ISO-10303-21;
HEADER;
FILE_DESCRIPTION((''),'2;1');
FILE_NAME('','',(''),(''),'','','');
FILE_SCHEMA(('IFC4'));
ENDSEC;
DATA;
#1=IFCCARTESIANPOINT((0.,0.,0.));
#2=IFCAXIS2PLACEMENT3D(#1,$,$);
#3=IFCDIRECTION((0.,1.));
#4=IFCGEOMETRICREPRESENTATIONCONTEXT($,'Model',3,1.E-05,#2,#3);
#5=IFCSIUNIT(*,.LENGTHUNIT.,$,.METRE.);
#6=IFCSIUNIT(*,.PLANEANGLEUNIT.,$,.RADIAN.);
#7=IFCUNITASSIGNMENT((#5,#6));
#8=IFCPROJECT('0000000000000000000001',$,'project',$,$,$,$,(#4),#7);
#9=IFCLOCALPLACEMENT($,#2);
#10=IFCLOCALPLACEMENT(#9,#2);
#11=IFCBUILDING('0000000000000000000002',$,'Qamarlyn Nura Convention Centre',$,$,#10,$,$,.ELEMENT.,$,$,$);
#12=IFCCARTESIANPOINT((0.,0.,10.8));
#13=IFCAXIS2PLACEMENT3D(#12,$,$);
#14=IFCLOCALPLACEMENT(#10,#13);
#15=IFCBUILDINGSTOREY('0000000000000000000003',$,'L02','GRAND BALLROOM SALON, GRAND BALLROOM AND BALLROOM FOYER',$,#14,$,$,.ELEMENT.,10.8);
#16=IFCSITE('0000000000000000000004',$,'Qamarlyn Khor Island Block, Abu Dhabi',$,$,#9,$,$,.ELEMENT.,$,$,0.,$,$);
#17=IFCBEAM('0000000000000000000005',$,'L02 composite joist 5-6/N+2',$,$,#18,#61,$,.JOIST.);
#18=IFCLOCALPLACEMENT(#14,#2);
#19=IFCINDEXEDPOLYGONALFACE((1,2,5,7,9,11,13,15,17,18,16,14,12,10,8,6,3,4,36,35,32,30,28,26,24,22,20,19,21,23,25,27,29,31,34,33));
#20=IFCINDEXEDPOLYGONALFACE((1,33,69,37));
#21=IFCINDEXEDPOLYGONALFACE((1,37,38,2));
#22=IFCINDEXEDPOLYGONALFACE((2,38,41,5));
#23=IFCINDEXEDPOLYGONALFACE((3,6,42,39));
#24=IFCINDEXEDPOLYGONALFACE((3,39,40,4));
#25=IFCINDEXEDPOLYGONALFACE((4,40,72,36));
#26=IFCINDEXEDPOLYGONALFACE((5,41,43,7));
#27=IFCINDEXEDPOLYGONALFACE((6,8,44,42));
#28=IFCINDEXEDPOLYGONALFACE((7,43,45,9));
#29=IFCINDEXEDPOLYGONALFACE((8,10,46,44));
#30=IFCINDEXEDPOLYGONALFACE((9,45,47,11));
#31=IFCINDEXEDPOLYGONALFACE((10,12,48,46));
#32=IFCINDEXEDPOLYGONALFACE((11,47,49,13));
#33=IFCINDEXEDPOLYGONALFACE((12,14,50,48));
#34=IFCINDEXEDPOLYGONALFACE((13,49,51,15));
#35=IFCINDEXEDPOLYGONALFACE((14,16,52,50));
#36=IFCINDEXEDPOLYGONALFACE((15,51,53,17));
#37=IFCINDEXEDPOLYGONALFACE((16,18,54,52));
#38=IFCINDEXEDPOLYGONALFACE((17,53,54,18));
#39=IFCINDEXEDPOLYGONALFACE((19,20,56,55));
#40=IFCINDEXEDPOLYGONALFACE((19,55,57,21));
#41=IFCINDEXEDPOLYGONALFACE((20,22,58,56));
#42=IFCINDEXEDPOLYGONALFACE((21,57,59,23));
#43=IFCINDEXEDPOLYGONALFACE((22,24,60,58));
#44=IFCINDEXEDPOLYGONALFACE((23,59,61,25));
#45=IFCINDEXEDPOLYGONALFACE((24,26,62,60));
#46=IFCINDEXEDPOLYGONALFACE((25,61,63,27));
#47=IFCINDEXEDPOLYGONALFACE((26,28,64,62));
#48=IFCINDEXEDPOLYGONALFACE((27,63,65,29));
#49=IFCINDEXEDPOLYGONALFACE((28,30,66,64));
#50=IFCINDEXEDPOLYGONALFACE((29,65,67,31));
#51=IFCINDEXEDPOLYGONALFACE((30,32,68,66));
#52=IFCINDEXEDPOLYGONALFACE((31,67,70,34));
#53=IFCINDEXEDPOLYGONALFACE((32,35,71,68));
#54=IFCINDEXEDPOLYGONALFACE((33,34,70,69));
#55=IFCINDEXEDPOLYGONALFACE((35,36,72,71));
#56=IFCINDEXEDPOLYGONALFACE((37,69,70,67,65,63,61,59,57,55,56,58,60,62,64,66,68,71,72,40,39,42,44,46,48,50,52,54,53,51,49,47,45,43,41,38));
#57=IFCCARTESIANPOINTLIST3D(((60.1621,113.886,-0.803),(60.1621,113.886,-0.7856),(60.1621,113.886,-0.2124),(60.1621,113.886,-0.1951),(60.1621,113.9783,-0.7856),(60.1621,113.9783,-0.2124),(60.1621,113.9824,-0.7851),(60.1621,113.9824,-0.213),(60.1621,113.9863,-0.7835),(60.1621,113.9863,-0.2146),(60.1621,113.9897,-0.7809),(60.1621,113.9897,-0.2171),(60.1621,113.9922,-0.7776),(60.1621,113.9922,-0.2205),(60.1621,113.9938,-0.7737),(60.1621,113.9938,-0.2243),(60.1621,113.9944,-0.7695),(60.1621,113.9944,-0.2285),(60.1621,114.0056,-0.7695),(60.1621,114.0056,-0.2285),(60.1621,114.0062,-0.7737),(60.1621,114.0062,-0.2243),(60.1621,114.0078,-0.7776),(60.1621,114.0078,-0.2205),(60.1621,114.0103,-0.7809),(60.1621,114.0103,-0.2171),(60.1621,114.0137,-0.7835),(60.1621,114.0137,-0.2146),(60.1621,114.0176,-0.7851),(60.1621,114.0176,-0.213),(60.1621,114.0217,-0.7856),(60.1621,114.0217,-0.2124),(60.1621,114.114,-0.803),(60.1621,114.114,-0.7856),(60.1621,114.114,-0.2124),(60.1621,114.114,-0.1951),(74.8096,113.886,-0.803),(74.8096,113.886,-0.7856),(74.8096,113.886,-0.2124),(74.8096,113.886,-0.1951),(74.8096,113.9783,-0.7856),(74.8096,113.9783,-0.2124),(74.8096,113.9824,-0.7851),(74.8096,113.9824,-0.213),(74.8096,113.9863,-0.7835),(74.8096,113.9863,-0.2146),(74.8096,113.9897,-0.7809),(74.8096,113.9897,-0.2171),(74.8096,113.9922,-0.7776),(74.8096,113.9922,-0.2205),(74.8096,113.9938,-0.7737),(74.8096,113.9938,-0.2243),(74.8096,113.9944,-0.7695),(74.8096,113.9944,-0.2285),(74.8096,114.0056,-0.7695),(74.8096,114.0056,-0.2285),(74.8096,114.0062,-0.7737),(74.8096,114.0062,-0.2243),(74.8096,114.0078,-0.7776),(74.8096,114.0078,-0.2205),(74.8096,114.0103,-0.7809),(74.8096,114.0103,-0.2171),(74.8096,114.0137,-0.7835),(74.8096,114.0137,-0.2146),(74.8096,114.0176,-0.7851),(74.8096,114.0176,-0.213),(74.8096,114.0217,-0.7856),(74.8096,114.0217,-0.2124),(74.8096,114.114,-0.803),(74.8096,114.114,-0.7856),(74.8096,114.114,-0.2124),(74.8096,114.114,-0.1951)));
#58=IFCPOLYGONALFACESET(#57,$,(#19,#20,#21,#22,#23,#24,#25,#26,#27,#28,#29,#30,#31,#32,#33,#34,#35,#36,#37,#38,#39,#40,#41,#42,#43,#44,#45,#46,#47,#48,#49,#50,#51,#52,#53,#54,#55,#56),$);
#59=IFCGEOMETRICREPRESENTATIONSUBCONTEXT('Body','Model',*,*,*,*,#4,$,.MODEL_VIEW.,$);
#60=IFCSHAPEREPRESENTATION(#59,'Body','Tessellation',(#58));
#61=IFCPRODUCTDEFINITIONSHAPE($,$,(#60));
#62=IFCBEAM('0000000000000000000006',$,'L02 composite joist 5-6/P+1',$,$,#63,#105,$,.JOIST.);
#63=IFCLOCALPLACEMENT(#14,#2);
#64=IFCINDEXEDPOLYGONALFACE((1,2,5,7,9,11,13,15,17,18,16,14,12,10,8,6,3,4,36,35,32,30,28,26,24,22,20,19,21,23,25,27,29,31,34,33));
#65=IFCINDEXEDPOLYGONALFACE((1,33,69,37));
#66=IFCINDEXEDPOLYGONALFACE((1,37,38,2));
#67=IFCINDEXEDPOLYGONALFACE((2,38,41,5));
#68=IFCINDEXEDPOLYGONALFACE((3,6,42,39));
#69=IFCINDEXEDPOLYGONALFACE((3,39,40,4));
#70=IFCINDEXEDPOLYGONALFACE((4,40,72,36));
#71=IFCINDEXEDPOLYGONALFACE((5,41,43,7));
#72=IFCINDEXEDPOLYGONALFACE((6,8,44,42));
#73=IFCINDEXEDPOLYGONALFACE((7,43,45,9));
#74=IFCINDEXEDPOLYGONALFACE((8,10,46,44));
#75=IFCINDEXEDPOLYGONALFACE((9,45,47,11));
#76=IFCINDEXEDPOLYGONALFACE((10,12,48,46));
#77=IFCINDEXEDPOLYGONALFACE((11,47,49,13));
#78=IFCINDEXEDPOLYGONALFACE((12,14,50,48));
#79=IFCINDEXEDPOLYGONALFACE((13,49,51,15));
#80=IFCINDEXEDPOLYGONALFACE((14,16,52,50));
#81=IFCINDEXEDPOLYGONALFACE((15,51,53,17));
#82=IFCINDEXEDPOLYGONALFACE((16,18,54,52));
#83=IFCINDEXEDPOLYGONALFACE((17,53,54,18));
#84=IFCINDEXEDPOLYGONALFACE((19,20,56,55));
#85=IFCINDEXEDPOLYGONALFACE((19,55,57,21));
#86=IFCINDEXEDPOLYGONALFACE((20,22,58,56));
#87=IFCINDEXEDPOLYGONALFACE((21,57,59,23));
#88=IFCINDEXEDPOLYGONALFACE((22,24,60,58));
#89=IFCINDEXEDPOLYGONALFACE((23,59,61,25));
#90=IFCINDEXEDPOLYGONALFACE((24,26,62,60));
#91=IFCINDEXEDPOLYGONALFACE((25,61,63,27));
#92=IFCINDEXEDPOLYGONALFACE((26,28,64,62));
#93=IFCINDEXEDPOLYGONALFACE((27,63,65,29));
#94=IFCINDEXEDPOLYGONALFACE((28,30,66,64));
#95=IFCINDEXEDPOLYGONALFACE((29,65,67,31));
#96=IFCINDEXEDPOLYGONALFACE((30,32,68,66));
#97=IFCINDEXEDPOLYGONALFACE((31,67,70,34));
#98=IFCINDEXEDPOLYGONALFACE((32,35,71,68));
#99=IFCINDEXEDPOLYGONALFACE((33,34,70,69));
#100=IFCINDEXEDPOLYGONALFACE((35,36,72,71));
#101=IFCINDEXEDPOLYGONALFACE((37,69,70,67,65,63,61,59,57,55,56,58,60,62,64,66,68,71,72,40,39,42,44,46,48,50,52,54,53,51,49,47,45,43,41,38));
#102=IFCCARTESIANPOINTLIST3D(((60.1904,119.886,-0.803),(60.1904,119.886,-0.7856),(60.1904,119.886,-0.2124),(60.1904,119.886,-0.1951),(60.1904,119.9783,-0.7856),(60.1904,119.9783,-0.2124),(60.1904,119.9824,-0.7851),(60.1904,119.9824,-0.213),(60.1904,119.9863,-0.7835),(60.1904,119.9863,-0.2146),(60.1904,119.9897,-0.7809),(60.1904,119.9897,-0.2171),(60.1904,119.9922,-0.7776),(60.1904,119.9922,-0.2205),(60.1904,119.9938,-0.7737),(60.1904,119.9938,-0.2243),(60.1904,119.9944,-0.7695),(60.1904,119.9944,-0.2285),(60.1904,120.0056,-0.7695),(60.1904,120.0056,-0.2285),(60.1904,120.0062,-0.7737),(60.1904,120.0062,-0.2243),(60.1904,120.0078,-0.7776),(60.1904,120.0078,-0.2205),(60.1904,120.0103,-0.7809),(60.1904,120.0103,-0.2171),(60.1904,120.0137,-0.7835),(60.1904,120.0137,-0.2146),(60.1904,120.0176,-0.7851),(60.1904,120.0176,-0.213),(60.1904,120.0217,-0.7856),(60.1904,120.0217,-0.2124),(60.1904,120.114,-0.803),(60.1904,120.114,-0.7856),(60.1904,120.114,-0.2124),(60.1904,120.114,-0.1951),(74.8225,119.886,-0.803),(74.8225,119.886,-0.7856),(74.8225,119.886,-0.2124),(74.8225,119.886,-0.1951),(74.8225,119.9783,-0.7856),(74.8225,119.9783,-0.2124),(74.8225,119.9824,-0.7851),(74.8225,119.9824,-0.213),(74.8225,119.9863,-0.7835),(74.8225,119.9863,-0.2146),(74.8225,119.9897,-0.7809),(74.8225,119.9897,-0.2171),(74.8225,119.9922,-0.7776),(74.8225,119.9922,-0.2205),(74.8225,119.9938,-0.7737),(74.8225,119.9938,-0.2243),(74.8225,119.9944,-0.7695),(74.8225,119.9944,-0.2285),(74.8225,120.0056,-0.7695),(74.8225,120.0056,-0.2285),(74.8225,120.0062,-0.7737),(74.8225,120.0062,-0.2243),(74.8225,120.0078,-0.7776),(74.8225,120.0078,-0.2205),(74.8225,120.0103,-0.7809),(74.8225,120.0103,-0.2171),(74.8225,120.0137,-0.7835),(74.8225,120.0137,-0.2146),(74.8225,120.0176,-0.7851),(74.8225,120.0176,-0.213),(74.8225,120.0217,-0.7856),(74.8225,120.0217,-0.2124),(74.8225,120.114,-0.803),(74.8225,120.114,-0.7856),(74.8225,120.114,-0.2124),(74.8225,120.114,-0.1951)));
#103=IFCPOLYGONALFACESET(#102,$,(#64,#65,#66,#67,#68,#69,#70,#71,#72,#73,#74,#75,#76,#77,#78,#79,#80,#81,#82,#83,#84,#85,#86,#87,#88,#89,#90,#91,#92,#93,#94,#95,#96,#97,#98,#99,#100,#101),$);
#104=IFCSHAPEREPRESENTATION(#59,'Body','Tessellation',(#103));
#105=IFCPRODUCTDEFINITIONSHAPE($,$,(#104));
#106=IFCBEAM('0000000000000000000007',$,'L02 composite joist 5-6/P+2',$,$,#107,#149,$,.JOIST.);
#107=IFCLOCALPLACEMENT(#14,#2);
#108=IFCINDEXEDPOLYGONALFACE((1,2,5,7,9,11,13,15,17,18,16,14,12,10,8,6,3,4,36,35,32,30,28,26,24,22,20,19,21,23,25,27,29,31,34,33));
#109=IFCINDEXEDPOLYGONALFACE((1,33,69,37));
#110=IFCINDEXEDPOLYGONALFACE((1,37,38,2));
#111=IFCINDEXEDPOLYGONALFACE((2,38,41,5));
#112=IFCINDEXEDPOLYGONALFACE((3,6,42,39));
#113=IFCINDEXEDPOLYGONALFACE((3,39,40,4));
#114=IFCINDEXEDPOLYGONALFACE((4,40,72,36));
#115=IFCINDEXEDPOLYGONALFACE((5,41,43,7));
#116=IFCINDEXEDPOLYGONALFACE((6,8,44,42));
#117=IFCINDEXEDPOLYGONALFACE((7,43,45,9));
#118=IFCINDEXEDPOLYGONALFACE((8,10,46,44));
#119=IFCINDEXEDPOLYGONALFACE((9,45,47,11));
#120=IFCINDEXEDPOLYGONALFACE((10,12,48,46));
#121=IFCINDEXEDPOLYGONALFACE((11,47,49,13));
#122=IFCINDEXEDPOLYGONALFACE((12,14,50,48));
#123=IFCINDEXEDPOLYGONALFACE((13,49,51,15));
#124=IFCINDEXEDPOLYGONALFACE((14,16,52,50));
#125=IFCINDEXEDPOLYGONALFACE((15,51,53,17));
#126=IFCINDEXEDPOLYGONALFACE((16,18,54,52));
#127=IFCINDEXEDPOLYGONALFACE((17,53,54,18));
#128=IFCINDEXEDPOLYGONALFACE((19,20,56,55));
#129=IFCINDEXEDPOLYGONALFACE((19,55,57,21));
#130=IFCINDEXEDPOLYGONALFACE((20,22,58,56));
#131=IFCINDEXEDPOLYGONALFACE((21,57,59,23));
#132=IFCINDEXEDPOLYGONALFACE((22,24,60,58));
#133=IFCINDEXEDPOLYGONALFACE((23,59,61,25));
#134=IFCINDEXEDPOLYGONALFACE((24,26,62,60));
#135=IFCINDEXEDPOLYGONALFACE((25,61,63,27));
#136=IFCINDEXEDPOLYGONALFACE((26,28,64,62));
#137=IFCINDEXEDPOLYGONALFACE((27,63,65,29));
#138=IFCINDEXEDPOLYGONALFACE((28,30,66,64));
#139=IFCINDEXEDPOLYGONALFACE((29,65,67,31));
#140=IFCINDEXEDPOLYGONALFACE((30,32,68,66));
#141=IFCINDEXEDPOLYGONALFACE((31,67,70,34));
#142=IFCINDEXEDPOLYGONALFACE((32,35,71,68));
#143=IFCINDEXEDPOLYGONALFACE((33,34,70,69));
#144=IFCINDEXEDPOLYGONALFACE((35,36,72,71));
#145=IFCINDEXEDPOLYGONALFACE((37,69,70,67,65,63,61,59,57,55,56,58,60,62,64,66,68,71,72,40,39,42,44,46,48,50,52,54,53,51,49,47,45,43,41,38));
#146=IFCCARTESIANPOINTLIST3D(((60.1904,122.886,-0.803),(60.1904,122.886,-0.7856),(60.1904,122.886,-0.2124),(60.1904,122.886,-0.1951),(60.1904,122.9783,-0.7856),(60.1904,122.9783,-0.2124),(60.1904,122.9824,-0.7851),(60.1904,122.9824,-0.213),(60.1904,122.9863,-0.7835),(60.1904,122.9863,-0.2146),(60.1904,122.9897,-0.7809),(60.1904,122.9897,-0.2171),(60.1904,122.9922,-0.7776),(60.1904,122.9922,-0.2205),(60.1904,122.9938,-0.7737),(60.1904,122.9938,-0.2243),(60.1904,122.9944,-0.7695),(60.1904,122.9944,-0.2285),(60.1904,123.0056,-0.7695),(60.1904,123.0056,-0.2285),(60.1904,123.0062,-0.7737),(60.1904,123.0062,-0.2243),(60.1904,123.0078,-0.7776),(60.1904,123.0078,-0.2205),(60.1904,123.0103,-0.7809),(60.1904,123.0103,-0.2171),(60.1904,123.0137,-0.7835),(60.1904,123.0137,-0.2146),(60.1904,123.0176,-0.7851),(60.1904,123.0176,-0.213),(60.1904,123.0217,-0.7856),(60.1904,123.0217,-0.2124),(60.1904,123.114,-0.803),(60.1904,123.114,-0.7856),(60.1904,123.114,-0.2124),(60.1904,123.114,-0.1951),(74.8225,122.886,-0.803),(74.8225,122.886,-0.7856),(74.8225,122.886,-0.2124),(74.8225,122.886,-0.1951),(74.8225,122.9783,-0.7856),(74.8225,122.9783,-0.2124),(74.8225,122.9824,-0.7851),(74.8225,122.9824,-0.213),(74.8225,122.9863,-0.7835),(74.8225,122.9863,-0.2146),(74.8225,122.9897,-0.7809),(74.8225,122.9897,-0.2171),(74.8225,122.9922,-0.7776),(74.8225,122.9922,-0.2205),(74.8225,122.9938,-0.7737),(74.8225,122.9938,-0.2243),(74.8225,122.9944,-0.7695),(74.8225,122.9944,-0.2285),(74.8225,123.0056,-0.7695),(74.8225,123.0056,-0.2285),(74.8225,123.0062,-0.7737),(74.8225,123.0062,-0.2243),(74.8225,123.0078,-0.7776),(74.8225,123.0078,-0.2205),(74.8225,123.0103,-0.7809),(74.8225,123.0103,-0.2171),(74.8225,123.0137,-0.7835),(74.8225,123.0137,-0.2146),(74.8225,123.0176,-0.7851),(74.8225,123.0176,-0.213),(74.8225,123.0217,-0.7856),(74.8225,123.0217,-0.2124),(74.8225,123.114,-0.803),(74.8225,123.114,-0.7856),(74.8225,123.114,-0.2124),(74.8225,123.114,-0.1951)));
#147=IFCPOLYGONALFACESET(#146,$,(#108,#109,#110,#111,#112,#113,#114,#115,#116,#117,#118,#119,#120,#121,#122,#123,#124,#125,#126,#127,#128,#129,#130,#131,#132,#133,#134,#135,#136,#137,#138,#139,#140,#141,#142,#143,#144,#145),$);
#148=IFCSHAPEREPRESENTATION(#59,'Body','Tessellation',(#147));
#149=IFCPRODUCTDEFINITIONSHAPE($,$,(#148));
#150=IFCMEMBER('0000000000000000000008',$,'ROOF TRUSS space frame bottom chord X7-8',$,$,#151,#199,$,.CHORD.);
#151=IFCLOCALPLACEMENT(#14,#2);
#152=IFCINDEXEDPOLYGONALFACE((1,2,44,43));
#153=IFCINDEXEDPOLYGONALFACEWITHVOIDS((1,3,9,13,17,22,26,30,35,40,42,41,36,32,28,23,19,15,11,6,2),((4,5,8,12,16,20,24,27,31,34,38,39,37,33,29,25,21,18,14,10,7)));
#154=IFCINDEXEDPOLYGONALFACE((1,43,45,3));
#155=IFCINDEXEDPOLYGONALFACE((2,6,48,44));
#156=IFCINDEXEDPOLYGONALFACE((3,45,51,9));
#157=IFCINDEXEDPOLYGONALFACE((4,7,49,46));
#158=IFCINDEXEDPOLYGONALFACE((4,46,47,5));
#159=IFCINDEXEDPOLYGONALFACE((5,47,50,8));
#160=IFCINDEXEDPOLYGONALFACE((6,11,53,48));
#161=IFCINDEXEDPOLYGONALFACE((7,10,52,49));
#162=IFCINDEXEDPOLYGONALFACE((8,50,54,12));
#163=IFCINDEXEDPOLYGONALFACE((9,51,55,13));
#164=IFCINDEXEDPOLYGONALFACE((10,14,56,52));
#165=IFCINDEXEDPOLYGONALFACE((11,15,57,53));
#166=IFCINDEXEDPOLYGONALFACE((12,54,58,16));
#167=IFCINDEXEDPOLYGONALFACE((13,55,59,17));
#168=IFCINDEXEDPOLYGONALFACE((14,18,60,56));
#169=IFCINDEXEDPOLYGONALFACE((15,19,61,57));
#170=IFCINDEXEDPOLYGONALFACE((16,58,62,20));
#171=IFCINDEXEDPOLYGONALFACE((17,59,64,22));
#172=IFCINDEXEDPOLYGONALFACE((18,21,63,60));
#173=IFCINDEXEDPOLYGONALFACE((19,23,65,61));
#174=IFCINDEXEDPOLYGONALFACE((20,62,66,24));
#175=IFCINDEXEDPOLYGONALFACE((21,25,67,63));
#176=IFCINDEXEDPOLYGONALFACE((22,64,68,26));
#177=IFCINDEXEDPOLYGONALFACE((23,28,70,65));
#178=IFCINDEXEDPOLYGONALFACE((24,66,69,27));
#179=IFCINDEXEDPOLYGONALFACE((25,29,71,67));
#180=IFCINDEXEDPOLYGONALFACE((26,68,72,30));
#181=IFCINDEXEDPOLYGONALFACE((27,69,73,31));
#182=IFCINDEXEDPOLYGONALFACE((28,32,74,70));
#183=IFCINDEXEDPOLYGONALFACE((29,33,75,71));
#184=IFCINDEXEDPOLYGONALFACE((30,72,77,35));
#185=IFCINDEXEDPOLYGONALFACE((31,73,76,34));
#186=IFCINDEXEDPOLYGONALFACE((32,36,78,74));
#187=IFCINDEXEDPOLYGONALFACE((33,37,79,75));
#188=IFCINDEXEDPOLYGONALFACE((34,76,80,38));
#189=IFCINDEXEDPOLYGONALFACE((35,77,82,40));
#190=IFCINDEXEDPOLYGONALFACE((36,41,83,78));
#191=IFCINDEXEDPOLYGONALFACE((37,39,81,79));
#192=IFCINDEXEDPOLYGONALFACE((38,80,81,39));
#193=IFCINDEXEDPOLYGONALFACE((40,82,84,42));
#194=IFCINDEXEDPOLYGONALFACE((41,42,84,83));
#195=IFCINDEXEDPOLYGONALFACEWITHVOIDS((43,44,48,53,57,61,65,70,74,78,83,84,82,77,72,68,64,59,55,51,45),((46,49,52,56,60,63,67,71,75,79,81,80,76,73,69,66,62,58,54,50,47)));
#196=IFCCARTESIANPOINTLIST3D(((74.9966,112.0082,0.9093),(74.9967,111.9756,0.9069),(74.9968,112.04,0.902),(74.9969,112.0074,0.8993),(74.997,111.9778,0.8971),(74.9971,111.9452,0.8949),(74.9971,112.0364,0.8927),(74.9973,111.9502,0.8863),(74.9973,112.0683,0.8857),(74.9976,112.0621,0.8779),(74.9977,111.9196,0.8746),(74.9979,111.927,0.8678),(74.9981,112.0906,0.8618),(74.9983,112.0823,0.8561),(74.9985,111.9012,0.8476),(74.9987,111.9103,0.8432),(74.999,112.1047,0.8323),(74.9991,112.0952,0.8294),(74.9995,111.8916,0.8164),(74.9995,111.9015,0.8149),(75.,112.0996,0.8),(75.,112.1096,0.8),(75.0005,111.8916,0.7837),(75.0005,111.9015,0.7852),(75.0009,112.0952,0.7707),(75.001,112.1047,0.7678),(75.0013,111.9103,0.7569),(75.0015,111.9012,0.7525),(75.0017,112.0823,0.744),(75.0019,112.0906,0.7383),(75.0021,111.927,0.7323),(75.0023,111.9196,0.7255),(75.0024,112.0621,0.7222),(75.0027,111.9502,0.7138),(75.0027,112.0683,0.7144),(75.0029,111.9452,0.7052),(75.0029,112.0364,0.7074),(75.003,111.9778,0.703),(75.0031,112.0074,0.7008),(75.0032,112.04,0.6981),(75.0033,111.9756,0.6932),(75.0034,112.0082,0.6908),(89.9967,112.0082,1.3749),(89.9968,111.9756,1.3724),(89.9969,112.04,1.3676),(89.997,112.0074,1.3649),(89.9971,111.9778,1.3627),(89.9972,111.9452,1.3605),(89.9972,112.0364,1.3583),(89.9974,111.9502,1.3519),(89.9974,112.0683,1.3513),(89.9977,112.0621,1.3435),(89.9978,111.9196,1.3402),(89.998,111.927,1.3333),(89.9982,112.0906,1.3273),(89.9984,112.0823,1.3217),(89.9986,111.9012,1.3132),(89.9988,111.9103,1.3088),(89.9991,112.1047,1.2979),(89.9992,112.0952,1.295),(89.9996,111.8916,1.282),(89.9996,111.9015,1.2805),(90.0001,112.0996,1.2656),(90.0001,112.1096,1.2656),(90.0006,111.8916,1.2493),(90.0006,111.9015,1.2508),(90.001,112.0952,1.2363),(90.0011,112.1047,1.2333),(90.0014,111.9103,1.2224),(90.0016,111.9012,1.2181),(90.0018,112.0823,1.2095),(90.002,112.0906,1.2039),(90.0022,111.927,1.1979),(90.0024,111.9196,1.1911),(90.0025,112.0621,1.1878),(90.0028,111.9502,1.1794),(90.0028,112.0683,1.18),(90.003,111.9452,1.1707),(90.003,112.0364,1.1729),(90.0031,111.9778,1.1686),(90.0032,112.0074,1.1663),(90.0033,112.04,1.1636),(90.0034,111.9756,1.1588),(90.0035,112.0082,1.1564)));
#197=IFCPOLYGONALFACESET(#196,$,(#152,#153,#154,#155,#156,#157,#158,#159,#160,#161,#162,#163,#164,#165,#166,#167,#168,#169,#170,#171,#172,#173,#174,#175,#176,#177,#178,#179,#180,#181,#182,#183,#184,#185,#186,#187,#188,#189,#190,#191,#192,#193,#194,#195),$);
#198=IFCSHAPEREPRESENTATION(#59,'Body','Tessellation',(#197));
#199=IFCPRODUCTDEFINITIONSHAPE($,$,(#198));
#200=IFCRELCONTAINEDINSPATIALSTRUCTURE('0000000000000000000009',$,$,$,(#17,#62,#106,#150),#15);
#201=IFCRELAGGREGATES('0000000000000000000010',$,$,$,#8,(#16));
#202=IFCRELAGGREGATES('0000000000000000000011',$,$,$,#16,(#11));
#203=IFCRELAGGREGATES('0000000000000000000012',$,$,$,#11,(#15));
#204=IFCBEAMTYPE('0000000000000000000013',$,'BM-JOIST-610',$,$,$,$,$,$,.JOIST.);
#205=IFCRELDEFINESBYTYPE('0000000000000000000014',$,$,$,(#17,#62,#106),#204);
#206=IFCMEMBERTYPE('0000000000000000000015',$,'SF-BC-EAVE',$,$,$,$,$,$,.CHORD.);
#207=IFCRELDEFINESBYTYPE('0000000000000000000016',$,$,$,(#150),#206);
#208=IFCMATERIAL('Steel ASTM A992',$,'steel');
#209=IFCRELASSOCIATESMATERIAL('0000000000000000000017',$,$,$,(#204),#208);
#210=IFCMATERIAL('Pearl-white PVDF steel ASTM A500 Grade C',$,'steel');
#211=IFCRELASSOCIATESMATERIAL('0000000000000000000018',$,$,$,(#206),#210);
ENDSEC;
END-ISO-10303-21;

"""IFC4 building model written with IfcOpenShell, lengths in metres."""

from ifc_helpers import new_model, si_unit, direction, frame, origin, origin_2d, place, context, subcontext, project, spatial, hollow_circle, i_section, extrude, material, material_profile, profile_set, type_object, element, save


model = new_model("IFC4")

# Units and contexts
model_context = context("Model", 3, precision=1e-05, world=origin(), true_north=direction((0.0, 1.0)))
body_context = subcontext(model_context, "Body", "Model", "MODEL_VIEW")
ifc_project = project(units=[si_unit("LENGTHUNIT", "METRE"), si_unit("PLANEANGLEUNIT", "RADIAN")], contexts=[model_context])

# Site, building, storey
site_placement = place(None, origin())
site = spatial("IfcSite", under=ifc_project, at=site_placement, Name="Qamarlyn Khor Island Block, Abu Dhabi", CompositionType="ELEMENT", RefElevation=0.0)
building_placement = place(site_placement, origin())
building = spatial("IfcBuilding", under=site, at=building_placement, Name="Qamarlyn Nura Convention Centre", CompositionType="ELEMENT")
storey_placement = place(building_placement, frame((0.0, 0.0, 10.8)))
storey = spatial("IfcBuildingStorey", under=building, at=storey_placement, Name="L02", Description="GRAND BALLROOM SALON, GRAND BALLROOM AND BALLROOM FOYER", CompositionType="ELEMENT", Elevation=10.8)

# Beams
ifc_material_1 = material(Name="Steel ASTM A992", Category="steel")
ifc_material_profile_1 = material_profile(ifc_material_1, i_section(OverallWidth=0.228, OverallDepth=0.6079, WebThickness=0.0112, FlangeThickness=0.0173, FilletRadius=0.0161, at=origin_2d()), Name="W610X113")
ifc_profile_set_1 = profile_set([ifc_material_profile_1], Name="Steel ASTM A992")
beam_type_1 = type_object("IfcBeamType", Name="BM-JOIST-610", PredefinedType="JOIST", material=ifc_profile_set_1)
beam_1_placement = place(storey_placement, frame((60.1621, 114.0, -0.499), z_axis=(1.0, 0.0, 0.0), x_axis=(0.0, 1.0, 0.0)))
element("IfcBeam", 1, at=beam_1_placement, inside=storey, type_object=beam_type_1, Name="L02 composite joist 5-6/N+2", PredefinedType="JOIST", context=body_context, shape_type="SweptSolid", body=[
    extrude(i_section(OverallWidth=0.228, OverallDepth=0.6079, WebThickness=0.0112, FlangeThickness=0.0173, FilletRadius=0.0161, at=origin_2d()), origin(), (0.0, 0.0, 1.0), 14.6475),
])
for number, where, z_axis, x_axis, name in (
    (2, (60.1904, 120.0, -0.499), (1.0, 0.0, 0.0), (0.0, 1.0, 0.0), "L02 composite joist 5-6/P+1"),
    (3, (60.1904, 123.0, -0.499), (1.0, 0.0, 0.0), (0.0, 1.0, 0.0), "L02 composite joist 5-6/P+2"),
):
    element("IfcBeam", number, at=place(storey_placement, frame(where, z_axis=z_axis, x_axis=x_axis)), inside=storey, type_object=beam_type_1, Name=name, PredefinedType="JOIST", context=body_context, shape_type="SweptSolid", body=[
        extrude(i_section(OverallWidth=0.228, OverallDepth=0.6079, WebThickness=0.0112, FlangeThickness=0.0173, FilletRadius=0.0161, at=origin_2d()), origin(), (0.0, 0.0, 1.0), 14.6321),
    ])

# Member
ifc_material_2 = material(Name="Pearl-white PVDF steel ASTM A500 Grade C", Category="steel")
ifc_material_profile_2 = material_profile(ifc_material_2, hollow_circle(Radius=0.1096, WallThickness=0.01, at=origin_2d()), Name="CHS219.1X10")
ifc_profile_set_2 = profile_set([ifc_material_profile_2], Name="Pearl-white PVDF steel ASTM A500 Grade C")
member_type_1 = type_object("IfcMemberType", Name="SF-BC-EAVE", PredefinedType="CHORD", material=ifc_profile_set_2)
member_1_placement = place(storey_placement, frame((75.0, 112.0, 0.8), z_axis=(0.999519, 0.0, 0.031023), x_axis=(0.0, 1.0, 0.0)))
element("IfcMember", 4, at=member_1_placement, inside=storey, type_object=member_type_1, Name="ROOF TRUSS space frame bottom chord X7-8", PredefinedType="CHORD", context=body_context, shape_type="SweptSolid", body=[
    extrude(hollow_circle(Radius=0.1096, WallThickness=0.01, at=origin_2d()), origin(), (0.0, 0.0, 1.0), 15.0073),
])

save(model, "model.ifc")
